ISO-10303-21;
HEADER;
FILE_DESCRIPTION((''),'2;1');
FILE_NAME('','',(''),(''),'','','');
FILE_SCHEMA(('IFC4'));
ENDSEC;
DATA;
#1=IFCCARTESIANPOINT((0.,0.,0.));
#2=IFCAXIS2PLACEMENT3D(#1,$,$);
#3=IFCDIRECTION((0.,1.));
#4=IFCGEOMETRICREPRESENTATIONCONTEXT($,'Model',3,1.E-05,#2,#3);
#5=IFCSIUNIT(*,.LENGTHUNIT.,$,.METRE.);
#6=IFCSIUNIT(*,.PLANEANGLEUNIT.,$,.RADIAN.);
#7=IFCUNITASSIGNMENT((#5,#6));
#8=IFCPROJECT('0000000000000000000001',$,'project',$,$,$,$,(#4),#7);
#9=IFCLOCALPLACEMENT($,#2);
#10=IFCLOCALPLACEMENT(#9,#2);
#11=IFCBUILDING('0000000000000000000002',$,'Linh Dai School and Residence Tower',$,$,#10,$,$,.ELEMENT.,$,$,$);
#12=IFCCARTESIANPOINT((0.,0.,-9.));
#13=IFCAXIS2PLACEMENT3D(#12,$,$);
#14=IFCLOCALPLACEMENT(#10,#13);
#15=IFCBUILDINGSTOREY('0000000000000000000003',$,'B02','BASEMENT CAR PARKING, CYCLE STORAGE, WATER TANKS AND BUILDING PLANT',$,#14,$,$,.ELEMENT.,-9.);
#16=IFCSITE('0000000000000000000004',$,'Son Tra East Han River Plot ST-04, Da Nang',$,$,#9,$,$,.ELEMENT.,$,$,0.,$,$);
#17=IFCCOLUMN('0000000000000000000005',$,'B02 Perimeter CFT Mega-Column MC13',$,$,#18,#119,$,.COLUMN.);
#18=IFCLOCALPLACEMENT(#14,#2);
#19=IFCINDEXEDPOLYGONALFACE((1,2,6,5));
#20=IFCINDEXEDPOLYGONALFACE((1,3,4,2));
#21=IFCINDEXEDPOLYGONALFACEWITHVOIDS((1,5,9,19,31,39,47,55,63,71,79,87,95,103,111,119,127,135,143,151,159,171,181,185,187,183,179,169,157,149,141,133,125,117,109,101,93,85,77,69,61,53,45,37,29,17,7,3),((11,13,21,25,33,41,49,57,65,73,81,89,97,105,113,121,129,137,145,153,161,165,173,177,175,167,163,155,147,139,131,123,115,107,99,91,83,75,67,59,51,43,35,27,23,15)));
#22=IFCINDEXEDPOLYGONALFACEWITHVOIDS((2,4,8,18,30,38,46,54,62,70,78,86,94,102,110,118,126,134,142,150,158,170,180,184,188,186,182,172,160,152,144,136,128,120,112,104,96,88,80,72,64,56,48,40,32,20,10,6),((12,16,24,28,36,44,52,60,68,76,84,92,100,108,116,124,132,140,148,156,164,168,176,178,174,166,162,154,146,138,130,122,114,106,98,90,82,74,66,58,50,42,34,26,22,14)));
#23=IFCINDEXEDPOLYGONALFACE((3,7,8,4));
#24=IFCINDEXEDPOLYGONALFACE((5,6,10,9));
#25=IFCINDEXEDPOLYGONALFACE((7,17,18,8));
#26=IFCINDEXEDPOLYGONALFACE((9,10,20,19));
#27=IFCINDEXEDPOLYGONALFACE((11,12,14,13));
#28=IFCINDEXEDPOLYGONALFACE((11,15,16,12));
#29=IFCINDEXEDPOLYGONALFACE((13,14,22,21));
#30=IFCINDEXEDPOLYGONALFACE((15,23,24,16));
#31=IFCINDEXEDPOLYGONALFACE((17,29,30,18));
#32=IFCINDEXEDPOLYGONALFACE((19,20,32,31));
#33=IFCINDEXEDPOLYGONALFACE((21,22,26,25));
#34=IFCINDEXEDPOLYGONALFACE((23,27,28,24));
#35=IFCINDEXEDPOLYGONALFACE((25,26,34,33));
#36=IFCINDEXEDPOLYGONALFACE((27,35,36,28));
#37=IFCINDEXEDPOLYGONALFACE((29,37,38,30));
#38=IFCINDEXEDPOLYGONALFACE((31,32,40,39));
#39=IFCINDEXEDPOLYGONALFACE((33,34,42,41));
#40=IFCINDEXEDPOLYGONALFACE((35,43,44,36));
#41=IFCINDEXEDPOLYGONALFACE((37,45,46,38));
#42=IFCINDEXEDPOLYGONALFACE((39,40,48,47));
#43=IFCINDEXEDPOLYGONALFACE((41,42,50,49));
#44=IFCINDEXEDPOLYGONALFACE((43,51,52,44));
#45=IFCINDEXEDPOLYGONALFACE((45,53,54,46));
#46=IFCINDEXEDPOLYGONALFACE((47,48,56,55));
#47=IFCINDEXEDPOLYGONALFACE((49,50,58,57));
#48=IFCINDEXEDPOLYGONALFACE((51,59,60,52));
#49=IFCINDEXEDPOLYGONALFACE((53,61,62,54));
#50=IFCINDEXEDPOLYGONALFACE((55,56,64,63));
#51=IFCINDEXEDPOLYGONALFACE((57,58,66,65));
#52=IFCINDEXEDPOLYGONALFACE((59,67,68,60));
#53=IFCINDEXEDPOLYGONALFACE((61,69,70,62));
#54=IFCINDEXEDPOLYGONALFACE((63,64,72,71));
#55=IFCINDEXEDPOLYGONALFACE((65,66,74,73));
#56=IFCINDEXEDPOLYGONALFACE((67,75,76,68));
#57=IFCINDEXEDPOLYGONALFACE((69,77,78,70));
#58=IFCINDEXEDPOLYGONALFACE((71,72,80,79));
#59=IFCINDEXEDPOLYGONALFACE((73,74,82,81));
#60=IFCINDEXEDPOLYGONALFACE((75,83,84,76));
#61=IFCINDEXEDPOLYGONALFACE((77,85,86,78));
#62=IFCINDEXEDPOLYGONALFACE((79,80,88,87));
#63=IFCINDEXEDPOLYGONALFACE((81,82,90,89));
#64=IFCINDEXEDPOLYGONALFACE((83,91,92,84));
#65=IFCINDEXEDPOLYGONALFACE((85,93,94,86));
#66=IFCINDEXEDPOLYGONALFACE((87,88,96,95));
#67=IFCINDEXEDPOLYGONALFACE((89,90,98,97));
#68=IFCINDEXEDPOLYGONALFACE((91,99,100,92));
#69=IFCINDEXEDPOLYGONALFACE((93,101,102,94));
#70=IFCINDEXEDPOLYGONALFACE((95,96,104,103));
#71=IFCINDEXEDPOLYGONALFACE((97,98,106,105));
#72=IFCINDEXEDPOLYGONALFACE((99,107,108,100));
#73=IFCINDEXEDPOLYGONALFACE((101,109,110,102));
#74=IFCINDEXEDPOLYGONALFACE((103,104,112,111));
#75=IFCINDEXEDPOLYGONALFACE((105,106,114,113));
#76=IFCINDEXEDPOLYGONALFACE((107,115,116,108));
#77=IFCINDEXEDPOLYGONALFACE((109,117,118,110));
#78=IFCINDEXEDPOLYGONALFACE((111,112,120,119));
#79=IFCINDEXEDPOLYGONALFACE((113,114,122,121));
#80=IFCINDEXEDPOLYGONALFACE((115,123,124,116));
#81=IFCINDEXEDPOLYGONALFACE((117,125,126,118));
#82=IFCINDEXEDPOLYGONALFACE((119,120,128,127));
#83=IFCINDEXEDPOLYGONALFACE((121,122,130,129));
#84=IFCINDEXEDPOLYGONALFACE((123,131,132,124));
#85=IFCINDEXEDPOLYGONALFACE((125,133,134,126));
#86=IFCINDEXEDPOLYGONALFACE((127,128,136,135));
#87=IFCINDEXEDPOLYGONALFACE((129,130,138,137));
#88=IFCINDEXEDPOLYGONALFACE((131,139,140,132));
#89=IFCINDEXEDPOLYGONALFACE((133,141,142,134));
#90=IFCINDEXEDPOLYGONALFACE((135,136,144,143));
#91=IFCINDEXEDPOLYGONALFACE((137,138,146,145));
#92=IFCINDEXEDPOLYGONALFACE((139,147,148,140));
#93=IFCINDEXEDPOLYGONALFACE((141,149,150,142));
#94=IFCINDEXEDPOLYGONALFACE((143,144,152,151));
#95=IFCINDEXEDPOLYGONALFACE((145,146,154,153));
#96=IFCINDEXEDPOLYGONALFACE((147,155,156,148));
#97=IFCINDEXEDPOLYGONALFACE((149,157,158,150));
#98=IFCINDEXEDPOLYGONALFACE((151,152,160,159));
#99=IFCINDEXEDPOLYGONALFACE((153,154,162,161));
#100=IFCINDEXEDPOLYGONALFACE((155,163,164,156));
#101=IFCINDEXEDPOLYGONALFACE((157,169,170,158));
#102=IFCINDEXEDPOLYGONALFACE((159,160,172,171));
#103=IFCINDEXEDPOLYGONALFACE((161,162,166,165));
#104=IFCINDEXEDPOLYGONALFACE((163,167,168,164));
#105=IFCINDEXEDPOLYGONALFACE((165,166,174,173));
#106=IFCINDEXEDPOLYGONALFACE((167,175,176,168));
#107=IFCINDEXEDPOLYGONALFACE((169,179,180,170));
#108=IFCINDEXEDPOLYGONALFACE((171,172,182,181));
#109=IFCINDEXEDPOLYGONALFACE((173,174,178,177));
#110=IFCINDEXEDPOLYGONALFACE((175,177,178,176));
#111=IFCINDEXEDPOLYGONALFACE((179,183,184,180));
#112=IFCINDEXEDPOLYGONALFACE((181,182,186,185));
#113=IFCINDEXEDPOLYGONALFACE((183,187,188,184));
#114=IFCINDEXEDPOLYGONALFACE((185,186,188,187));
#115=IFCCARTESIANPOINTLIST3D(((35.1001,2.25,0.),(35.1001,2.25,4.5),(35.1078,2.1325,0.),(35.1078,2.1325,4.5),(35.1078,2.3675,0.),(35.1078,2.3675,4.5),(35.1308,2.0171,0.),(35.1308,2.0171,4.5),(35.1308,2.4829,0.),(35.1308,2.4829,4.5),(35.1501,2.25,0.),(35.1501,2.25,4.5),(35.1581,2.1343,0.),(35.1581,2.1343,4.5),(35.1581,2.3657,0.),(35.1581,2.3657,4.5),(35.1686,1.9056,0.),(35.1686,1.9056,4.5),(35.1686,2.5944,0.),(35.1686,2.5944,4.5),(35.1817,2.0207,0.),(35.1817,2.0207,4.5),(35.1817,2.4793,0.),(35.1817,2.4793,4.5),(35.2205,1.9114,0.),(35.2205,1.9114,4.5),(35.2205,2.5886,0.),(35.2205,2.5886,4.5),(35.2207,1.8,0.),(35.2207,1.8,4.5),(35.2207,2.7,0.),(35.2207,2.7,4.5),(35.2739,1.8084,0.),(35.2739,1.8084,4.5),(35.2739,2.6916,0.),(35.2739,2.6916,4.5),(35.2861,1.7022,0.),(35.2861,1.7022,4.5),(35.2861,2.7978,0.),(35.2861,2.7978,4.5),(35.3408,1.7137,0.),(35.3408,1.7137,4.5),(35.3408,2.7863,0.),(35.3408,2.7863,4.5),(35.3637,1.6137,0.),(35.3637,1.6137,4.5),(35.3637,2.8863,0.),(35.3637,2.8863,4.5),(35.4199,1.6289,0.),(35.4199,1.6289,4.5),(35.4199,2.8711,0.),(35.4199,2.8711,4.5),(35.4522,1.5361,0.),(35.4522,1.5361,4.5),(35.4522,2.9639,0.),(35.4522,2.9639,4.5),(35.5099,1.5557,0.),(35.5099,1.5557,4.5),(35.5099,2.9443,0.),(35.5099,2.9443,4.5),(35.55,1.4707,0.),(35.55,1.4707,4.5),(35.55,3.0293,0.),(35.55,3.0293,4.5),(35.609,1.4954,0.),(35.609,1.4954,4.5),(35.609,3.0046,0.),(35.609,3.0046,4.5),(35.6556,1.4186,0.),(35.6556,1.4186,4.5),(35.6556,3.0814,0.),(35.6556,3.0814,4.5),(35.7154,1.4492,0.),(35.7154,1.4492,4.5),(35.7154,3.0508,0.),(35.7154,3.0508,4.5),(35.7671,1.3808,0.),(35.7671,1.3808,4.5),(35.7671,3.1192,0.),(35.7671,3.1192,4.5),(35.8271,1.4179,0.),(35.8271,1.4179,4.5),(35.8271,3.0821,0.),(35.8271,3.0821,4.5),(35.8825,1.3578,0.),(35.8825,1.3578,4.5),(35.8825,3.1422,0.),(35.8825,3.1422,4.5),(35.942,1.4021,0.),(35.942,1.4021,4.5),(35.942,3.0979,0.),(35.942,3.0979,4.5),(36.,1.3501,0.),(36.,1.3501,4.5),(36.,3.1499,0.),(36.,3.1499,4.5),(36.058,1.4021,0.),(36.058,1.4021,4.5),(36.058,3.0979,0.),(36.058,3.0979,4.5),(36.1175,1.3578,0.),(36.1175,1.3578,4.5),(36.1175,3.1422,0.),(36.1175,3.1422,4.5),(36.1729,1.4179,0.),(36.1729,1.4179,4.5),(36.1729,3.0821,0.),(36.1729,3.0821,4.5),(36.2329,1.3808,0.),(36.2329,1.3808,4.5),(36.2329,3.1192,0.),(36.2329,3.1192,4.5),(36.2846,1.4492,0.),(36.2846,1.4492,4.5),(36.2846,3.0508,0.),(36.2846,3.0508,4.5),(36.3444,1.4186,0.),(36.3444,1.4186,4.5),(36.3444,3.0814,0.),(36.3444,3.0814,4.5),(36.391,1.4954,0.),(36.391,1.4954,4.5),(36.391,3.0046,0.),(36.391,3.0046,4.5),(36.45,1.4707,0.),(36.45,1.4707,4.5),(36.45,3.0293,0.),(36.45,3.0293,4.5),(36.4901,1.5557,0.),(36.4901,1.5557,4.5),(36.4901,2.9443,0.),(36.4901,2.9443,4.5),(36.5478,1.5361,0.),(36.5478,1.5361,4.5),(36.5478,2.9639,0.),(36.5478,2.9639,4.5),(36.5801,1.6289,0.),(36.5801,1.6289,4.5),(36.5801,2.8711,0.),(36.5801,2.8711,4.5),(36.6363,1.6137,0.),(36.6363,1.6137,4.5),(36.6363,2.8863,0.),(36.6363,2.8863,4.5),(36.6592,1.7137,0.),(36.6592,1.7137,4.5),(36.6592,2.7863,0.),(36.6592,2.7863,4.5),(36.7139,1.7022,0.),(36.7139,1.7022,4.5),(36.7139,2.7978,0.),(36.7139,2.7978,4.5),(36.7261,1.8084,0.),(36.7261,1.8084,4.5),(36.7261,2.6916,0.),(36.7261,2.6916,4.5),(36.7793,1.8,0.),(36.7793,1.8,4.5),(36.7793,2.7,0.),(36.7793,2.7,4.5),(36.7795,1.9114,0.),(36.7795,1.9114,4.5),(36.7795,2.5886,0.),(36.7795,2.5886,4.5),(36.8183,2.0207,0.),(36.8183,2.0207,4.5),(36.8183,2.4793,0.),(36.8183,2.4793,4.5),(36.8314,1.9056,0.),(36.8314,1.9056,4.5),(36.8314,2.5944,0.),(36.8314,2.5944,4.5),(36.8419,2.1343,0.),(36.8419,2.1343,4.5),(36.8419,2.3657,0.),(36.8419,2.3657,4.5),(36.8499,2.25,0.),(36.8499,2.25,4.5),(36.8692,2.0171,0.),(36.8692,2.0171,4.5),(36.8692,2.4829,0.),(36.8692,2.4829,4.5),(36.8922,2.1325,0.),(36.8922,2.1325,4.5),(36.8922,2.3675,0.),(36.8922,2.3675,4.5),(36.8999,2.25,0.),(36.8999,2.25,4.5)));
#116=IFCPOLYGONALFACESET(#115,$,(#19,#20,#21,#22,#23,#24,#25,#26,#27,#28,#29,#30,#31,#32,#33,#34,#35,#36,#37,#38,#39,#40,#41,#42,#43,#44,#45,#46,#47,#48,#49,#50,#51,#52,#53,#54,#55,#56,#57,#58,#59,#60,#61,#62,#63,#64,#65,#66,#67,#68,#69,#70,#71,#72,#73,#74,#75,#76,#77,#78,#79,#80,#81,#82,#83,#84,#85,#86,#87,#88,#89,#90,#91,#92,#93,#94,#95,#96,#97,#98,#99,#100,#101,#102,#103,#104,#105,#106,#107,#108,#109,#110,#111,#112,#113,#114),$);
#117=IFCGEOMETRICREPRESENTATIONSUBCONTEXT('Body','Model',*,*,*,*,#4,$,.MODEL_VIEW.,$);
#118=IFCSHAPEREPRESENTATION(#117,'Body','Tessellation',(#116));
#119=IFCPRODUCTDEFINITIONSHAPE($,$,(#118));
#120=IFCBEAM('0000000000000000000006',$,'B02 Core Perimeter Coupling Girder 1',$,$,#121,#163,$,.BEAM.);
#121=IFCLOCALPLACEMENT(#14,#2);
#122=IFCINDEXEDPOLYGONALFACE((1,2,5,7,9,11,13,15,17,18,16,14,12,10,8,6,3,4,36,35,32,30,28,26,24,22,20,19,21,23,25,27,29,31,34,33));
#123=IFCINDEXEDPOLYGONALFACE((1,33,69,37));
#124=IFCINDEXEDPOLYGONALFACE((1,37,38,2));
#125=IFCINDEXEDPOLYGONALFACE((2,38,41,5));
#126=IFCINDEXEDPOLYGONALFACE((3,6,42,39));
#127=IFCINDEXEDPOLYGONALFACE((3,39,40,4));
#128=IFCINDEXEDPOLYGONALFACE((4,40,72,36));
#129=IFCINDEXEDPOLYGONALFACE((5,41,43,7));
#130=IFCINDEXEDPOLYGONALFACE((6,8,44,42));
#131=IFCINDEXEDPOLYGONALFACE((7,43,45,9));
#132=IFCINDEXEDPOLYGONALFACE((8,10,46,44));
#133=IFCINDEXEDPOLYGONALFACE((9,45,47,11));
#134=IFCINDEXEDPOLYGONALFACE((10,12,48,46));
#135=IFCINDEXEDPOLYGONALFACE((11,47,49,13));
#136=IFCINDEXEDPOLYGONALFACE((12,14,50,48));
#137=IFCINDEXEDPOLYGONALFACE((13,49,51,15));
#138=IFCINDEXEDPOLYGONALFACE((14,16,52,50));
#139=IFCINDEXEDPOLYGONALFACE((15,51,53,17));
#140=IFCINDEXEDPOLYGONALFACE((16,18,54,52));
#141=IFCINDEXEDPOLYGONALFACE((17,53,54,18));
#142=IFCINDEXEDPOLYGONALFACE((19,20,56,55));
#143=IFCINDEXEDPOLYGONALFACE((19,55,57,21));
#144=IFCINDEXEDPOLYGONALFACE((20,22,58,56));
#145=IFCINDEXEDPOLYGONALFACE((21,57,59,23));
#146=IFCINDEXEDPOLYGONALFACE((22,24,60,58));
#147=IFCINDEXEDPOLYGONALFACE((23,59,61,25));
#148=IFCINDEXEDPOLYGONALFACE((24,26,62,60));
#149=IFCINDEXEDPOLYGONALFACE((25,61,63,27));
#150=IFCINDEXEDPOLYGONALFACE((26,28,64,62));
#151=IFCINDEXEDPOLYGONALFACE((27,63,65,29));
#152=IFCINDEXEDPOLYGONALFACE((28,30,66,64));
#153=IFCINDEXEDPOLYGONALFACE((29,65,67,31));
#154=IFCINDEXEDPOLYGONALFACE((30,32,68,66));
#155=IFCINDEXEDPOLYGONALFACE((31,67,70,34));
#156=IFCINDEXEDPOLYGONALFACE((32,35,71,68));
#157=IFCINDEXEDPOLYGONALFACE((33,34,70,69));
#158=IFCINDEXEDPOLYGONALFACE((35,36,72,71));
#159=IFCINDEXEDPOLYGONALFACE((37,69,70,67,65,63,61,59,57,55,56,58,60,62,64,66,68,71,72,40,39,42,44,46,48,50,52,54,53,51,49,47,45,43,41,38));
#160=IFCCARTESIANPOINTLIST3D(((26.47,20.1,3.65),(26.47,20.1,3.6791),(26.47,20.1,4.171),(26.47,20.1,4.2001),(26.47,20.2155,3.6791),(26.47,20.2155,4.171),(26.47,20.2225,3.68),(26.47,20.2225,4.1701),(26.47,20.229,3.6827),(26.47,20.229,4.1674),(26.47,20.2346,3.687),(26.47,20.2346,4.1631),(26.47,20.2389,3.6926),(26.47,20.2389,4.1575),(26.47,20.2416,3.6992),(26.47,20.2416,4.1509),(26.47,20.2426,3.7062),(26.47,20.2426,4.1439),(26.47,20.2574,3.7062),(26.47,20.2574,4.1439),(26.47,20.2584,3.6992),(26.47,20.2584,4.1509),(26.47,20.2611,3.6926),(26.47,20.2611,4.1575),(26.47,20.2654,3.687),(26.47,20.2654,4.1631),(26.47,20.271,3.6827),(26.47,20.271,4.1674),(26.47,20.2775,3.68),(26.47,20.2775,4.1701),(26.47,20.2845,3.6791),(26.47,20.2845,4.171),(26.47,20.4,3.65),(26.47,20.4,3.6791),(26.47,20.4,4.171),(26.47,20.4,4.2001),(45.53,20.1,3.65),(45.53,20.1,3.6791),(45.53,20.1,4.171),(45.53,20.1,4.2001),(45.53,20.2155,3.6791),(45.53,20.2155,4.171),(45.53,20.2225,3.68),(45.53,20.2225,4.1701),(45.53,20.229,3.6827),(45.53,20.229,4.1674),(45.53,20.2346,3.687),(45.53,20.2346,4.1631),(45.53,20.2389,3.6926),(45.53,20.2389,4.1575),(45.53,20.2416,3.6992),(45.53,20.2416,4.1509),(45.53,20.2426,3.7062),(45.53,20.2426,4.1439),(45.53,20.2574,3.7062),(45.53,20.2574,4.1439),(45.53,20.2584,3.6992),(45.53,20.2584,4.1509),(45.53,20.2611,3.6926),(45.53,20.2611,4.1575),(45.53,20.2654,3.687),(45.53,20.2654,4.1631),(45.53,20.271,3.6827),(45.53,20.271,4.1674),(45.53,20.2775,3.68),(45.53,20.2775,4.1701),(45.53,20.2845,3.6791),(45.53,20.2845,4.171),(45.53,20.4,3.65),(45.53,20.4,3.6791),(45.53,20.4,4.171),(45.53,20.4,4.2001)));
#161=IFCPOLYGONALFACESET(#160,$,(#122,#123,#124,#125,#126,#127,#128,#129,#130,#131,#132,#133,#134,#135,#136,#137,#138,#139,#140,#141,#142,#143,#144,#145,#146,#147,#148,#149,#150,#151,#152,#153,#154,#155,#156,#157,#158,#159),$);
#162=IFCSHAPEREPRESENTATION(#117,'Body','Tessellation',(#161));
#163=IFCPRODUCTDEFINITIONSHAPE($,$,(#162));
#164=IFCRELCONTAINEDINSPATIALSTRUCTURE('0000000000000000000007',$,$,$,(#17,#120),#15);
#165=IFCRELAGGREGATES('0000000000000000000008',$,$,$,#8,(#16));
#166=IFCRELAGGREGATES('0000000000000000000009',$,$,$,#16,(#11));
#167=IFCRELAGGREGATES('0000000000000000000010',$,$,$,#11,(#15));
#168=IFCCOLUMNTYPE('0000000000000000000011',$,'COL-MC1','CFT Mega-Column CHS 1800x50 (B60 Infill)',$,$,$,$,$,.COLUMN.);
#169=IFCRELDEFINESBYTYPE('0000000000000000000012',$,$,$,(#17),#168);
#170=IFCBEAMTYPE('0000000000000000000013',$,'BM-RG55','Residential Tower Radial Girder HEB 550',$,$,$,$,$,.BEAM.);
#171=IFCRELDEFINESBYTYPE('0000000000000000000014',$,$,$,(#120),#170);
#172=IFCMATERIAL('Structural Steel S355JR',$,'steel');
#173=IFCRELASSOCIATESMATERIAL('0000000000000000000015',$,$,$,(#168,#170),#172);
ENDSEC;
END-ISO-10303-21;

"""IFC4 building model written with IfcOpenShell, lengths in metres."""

from ifc_helpers import new_model, si_unit, direction, frame, origin, origin_2d, place, context, subcontext, project, spatial, hollow_circle, i_section, extrude, material, material_profile, profile_set, type_object, element, save


model = new_model("IFC4")

# Units and contexts
model_context = context("Model", 3, precision=1e-05, world=origin(), true_north=direction((0.0, 1.0)))
body_context = subcontext(model_context, "Body", "Model", "MODEL_VIEW")
ifc_project = project(units=[si_unit("LENGTHUNIT", "METRE"), si_unit("PLANEANGLEUNIT", "RADIAN")], contexts=[model_context])

# Site, building, storey
site_placement = place(None, origin())
site = spatial("IfcSite", under=ifc_project, at=site_placement, Name="Son Tra East Han River Plot ST-04, Da Nang", CompositionType="ELEMENT", RefElevation=0.0)
building_placement = place(site_placement, origin())
building = spatial("IfcBuilding", under=site, at=building_placement, Name="Linh Dai School and Residence Tower", CompositionType="ELEMENT")
storey_placement = place(building_placement, frame((0.0, 0.0, -9.0)))
storey = spatial("IfcBuildingStorey", under=building, at=storey_placement, Name="B02", Description="BASEMENT CAR PARKING, CYCLE STORAGE, WATER TANKS AND BUILDING PLANT", CompositionType="ELEMENT", Elevation=-9.0)

# Column
ifc_material_1 = material(Name="Structural Steel S355JR", Category="steel")
ifc_material_profile_1 = material_profile(ifc_material_1, hollow_circle(Radius=0.8999, WallThickness=0.05, at=origin_2d()), Name="CHS 1800x50")
ifc_profile_set_1 = profile_set([ifc_material_profile_1], Name="Structural Steel S355JR")
column_type_1 = type_object("IfcColumnType", Name="COL-MC1", Description="CFT Mega-Column CHS 1800x50 (B60 Infill)", PredefinedType="COLUMN", material=ifc_profile_set_1)
column_placement = place(storey_placement, frame((36.0, 2.25, 0.0), z_axis=(0.0, 0.0, 1.0), x_axis=(1.0, 0.0, 0.0)))
element("IfcColumn", 1, at=column_placement, inside=storey, type_object=column_type_1, Name="B02 Perimeter CFT Mega-Column MC13", PredefinedType="COLUMN", context=body_context, shape_type="SweptSolid", body=[
    extrude(hollow_circle(Radius=0.8999, WallThickness=0.05, at=origin_2d()), origin(), (0.0, 0.0, 1.0), 4.5),
])

# Beam
ifc_material_profile_2 = material_profile(ifc_material_1, i_section(OverallWidth=0.3, OverallDepth=0.55, WebThickness=0.0149, FlangeThickness=0.0291, FilletRadius=0.0271, at=origin_2d()), Name="HEB 550")
ifc_profile_set_2 = profile_set([ifc_material_profile_2], Name="Structural Steel S355JR")
beam_type_1 = type_object("IfcBeamType", Name="BM-RG55", Description="Residential Tower Radial Girder HEB 550", PredefinedType="BEAM", material=ifc_profile_set_2)
beam_1_placement = place(storey_placement, frame((26.47, 20.25, 3.925), z_axis=(1.0, 0.0, 0.0), x_axis=(0.0, 1.0, 0.0)))
element("IfcBeam", 2, at=beam_1_placement, inside=storey, type_object=beam_type_1, Name="B02 Core Perimeter Coupling Girder 1", PredefinedType="BEAM", context=body_context, shape_type="SweptSolid", body=[
    extrude(i_section(OverallWidth=0.3, OverallDepth=0.55, WebThickness=0.0149, FlangeThickness=0.0291, FilletRadius=0.0271, at=origin_2d()), origin(), (0.0, 0.0, 1.0), 19.0601),
])

save(model, "model.ifc")
